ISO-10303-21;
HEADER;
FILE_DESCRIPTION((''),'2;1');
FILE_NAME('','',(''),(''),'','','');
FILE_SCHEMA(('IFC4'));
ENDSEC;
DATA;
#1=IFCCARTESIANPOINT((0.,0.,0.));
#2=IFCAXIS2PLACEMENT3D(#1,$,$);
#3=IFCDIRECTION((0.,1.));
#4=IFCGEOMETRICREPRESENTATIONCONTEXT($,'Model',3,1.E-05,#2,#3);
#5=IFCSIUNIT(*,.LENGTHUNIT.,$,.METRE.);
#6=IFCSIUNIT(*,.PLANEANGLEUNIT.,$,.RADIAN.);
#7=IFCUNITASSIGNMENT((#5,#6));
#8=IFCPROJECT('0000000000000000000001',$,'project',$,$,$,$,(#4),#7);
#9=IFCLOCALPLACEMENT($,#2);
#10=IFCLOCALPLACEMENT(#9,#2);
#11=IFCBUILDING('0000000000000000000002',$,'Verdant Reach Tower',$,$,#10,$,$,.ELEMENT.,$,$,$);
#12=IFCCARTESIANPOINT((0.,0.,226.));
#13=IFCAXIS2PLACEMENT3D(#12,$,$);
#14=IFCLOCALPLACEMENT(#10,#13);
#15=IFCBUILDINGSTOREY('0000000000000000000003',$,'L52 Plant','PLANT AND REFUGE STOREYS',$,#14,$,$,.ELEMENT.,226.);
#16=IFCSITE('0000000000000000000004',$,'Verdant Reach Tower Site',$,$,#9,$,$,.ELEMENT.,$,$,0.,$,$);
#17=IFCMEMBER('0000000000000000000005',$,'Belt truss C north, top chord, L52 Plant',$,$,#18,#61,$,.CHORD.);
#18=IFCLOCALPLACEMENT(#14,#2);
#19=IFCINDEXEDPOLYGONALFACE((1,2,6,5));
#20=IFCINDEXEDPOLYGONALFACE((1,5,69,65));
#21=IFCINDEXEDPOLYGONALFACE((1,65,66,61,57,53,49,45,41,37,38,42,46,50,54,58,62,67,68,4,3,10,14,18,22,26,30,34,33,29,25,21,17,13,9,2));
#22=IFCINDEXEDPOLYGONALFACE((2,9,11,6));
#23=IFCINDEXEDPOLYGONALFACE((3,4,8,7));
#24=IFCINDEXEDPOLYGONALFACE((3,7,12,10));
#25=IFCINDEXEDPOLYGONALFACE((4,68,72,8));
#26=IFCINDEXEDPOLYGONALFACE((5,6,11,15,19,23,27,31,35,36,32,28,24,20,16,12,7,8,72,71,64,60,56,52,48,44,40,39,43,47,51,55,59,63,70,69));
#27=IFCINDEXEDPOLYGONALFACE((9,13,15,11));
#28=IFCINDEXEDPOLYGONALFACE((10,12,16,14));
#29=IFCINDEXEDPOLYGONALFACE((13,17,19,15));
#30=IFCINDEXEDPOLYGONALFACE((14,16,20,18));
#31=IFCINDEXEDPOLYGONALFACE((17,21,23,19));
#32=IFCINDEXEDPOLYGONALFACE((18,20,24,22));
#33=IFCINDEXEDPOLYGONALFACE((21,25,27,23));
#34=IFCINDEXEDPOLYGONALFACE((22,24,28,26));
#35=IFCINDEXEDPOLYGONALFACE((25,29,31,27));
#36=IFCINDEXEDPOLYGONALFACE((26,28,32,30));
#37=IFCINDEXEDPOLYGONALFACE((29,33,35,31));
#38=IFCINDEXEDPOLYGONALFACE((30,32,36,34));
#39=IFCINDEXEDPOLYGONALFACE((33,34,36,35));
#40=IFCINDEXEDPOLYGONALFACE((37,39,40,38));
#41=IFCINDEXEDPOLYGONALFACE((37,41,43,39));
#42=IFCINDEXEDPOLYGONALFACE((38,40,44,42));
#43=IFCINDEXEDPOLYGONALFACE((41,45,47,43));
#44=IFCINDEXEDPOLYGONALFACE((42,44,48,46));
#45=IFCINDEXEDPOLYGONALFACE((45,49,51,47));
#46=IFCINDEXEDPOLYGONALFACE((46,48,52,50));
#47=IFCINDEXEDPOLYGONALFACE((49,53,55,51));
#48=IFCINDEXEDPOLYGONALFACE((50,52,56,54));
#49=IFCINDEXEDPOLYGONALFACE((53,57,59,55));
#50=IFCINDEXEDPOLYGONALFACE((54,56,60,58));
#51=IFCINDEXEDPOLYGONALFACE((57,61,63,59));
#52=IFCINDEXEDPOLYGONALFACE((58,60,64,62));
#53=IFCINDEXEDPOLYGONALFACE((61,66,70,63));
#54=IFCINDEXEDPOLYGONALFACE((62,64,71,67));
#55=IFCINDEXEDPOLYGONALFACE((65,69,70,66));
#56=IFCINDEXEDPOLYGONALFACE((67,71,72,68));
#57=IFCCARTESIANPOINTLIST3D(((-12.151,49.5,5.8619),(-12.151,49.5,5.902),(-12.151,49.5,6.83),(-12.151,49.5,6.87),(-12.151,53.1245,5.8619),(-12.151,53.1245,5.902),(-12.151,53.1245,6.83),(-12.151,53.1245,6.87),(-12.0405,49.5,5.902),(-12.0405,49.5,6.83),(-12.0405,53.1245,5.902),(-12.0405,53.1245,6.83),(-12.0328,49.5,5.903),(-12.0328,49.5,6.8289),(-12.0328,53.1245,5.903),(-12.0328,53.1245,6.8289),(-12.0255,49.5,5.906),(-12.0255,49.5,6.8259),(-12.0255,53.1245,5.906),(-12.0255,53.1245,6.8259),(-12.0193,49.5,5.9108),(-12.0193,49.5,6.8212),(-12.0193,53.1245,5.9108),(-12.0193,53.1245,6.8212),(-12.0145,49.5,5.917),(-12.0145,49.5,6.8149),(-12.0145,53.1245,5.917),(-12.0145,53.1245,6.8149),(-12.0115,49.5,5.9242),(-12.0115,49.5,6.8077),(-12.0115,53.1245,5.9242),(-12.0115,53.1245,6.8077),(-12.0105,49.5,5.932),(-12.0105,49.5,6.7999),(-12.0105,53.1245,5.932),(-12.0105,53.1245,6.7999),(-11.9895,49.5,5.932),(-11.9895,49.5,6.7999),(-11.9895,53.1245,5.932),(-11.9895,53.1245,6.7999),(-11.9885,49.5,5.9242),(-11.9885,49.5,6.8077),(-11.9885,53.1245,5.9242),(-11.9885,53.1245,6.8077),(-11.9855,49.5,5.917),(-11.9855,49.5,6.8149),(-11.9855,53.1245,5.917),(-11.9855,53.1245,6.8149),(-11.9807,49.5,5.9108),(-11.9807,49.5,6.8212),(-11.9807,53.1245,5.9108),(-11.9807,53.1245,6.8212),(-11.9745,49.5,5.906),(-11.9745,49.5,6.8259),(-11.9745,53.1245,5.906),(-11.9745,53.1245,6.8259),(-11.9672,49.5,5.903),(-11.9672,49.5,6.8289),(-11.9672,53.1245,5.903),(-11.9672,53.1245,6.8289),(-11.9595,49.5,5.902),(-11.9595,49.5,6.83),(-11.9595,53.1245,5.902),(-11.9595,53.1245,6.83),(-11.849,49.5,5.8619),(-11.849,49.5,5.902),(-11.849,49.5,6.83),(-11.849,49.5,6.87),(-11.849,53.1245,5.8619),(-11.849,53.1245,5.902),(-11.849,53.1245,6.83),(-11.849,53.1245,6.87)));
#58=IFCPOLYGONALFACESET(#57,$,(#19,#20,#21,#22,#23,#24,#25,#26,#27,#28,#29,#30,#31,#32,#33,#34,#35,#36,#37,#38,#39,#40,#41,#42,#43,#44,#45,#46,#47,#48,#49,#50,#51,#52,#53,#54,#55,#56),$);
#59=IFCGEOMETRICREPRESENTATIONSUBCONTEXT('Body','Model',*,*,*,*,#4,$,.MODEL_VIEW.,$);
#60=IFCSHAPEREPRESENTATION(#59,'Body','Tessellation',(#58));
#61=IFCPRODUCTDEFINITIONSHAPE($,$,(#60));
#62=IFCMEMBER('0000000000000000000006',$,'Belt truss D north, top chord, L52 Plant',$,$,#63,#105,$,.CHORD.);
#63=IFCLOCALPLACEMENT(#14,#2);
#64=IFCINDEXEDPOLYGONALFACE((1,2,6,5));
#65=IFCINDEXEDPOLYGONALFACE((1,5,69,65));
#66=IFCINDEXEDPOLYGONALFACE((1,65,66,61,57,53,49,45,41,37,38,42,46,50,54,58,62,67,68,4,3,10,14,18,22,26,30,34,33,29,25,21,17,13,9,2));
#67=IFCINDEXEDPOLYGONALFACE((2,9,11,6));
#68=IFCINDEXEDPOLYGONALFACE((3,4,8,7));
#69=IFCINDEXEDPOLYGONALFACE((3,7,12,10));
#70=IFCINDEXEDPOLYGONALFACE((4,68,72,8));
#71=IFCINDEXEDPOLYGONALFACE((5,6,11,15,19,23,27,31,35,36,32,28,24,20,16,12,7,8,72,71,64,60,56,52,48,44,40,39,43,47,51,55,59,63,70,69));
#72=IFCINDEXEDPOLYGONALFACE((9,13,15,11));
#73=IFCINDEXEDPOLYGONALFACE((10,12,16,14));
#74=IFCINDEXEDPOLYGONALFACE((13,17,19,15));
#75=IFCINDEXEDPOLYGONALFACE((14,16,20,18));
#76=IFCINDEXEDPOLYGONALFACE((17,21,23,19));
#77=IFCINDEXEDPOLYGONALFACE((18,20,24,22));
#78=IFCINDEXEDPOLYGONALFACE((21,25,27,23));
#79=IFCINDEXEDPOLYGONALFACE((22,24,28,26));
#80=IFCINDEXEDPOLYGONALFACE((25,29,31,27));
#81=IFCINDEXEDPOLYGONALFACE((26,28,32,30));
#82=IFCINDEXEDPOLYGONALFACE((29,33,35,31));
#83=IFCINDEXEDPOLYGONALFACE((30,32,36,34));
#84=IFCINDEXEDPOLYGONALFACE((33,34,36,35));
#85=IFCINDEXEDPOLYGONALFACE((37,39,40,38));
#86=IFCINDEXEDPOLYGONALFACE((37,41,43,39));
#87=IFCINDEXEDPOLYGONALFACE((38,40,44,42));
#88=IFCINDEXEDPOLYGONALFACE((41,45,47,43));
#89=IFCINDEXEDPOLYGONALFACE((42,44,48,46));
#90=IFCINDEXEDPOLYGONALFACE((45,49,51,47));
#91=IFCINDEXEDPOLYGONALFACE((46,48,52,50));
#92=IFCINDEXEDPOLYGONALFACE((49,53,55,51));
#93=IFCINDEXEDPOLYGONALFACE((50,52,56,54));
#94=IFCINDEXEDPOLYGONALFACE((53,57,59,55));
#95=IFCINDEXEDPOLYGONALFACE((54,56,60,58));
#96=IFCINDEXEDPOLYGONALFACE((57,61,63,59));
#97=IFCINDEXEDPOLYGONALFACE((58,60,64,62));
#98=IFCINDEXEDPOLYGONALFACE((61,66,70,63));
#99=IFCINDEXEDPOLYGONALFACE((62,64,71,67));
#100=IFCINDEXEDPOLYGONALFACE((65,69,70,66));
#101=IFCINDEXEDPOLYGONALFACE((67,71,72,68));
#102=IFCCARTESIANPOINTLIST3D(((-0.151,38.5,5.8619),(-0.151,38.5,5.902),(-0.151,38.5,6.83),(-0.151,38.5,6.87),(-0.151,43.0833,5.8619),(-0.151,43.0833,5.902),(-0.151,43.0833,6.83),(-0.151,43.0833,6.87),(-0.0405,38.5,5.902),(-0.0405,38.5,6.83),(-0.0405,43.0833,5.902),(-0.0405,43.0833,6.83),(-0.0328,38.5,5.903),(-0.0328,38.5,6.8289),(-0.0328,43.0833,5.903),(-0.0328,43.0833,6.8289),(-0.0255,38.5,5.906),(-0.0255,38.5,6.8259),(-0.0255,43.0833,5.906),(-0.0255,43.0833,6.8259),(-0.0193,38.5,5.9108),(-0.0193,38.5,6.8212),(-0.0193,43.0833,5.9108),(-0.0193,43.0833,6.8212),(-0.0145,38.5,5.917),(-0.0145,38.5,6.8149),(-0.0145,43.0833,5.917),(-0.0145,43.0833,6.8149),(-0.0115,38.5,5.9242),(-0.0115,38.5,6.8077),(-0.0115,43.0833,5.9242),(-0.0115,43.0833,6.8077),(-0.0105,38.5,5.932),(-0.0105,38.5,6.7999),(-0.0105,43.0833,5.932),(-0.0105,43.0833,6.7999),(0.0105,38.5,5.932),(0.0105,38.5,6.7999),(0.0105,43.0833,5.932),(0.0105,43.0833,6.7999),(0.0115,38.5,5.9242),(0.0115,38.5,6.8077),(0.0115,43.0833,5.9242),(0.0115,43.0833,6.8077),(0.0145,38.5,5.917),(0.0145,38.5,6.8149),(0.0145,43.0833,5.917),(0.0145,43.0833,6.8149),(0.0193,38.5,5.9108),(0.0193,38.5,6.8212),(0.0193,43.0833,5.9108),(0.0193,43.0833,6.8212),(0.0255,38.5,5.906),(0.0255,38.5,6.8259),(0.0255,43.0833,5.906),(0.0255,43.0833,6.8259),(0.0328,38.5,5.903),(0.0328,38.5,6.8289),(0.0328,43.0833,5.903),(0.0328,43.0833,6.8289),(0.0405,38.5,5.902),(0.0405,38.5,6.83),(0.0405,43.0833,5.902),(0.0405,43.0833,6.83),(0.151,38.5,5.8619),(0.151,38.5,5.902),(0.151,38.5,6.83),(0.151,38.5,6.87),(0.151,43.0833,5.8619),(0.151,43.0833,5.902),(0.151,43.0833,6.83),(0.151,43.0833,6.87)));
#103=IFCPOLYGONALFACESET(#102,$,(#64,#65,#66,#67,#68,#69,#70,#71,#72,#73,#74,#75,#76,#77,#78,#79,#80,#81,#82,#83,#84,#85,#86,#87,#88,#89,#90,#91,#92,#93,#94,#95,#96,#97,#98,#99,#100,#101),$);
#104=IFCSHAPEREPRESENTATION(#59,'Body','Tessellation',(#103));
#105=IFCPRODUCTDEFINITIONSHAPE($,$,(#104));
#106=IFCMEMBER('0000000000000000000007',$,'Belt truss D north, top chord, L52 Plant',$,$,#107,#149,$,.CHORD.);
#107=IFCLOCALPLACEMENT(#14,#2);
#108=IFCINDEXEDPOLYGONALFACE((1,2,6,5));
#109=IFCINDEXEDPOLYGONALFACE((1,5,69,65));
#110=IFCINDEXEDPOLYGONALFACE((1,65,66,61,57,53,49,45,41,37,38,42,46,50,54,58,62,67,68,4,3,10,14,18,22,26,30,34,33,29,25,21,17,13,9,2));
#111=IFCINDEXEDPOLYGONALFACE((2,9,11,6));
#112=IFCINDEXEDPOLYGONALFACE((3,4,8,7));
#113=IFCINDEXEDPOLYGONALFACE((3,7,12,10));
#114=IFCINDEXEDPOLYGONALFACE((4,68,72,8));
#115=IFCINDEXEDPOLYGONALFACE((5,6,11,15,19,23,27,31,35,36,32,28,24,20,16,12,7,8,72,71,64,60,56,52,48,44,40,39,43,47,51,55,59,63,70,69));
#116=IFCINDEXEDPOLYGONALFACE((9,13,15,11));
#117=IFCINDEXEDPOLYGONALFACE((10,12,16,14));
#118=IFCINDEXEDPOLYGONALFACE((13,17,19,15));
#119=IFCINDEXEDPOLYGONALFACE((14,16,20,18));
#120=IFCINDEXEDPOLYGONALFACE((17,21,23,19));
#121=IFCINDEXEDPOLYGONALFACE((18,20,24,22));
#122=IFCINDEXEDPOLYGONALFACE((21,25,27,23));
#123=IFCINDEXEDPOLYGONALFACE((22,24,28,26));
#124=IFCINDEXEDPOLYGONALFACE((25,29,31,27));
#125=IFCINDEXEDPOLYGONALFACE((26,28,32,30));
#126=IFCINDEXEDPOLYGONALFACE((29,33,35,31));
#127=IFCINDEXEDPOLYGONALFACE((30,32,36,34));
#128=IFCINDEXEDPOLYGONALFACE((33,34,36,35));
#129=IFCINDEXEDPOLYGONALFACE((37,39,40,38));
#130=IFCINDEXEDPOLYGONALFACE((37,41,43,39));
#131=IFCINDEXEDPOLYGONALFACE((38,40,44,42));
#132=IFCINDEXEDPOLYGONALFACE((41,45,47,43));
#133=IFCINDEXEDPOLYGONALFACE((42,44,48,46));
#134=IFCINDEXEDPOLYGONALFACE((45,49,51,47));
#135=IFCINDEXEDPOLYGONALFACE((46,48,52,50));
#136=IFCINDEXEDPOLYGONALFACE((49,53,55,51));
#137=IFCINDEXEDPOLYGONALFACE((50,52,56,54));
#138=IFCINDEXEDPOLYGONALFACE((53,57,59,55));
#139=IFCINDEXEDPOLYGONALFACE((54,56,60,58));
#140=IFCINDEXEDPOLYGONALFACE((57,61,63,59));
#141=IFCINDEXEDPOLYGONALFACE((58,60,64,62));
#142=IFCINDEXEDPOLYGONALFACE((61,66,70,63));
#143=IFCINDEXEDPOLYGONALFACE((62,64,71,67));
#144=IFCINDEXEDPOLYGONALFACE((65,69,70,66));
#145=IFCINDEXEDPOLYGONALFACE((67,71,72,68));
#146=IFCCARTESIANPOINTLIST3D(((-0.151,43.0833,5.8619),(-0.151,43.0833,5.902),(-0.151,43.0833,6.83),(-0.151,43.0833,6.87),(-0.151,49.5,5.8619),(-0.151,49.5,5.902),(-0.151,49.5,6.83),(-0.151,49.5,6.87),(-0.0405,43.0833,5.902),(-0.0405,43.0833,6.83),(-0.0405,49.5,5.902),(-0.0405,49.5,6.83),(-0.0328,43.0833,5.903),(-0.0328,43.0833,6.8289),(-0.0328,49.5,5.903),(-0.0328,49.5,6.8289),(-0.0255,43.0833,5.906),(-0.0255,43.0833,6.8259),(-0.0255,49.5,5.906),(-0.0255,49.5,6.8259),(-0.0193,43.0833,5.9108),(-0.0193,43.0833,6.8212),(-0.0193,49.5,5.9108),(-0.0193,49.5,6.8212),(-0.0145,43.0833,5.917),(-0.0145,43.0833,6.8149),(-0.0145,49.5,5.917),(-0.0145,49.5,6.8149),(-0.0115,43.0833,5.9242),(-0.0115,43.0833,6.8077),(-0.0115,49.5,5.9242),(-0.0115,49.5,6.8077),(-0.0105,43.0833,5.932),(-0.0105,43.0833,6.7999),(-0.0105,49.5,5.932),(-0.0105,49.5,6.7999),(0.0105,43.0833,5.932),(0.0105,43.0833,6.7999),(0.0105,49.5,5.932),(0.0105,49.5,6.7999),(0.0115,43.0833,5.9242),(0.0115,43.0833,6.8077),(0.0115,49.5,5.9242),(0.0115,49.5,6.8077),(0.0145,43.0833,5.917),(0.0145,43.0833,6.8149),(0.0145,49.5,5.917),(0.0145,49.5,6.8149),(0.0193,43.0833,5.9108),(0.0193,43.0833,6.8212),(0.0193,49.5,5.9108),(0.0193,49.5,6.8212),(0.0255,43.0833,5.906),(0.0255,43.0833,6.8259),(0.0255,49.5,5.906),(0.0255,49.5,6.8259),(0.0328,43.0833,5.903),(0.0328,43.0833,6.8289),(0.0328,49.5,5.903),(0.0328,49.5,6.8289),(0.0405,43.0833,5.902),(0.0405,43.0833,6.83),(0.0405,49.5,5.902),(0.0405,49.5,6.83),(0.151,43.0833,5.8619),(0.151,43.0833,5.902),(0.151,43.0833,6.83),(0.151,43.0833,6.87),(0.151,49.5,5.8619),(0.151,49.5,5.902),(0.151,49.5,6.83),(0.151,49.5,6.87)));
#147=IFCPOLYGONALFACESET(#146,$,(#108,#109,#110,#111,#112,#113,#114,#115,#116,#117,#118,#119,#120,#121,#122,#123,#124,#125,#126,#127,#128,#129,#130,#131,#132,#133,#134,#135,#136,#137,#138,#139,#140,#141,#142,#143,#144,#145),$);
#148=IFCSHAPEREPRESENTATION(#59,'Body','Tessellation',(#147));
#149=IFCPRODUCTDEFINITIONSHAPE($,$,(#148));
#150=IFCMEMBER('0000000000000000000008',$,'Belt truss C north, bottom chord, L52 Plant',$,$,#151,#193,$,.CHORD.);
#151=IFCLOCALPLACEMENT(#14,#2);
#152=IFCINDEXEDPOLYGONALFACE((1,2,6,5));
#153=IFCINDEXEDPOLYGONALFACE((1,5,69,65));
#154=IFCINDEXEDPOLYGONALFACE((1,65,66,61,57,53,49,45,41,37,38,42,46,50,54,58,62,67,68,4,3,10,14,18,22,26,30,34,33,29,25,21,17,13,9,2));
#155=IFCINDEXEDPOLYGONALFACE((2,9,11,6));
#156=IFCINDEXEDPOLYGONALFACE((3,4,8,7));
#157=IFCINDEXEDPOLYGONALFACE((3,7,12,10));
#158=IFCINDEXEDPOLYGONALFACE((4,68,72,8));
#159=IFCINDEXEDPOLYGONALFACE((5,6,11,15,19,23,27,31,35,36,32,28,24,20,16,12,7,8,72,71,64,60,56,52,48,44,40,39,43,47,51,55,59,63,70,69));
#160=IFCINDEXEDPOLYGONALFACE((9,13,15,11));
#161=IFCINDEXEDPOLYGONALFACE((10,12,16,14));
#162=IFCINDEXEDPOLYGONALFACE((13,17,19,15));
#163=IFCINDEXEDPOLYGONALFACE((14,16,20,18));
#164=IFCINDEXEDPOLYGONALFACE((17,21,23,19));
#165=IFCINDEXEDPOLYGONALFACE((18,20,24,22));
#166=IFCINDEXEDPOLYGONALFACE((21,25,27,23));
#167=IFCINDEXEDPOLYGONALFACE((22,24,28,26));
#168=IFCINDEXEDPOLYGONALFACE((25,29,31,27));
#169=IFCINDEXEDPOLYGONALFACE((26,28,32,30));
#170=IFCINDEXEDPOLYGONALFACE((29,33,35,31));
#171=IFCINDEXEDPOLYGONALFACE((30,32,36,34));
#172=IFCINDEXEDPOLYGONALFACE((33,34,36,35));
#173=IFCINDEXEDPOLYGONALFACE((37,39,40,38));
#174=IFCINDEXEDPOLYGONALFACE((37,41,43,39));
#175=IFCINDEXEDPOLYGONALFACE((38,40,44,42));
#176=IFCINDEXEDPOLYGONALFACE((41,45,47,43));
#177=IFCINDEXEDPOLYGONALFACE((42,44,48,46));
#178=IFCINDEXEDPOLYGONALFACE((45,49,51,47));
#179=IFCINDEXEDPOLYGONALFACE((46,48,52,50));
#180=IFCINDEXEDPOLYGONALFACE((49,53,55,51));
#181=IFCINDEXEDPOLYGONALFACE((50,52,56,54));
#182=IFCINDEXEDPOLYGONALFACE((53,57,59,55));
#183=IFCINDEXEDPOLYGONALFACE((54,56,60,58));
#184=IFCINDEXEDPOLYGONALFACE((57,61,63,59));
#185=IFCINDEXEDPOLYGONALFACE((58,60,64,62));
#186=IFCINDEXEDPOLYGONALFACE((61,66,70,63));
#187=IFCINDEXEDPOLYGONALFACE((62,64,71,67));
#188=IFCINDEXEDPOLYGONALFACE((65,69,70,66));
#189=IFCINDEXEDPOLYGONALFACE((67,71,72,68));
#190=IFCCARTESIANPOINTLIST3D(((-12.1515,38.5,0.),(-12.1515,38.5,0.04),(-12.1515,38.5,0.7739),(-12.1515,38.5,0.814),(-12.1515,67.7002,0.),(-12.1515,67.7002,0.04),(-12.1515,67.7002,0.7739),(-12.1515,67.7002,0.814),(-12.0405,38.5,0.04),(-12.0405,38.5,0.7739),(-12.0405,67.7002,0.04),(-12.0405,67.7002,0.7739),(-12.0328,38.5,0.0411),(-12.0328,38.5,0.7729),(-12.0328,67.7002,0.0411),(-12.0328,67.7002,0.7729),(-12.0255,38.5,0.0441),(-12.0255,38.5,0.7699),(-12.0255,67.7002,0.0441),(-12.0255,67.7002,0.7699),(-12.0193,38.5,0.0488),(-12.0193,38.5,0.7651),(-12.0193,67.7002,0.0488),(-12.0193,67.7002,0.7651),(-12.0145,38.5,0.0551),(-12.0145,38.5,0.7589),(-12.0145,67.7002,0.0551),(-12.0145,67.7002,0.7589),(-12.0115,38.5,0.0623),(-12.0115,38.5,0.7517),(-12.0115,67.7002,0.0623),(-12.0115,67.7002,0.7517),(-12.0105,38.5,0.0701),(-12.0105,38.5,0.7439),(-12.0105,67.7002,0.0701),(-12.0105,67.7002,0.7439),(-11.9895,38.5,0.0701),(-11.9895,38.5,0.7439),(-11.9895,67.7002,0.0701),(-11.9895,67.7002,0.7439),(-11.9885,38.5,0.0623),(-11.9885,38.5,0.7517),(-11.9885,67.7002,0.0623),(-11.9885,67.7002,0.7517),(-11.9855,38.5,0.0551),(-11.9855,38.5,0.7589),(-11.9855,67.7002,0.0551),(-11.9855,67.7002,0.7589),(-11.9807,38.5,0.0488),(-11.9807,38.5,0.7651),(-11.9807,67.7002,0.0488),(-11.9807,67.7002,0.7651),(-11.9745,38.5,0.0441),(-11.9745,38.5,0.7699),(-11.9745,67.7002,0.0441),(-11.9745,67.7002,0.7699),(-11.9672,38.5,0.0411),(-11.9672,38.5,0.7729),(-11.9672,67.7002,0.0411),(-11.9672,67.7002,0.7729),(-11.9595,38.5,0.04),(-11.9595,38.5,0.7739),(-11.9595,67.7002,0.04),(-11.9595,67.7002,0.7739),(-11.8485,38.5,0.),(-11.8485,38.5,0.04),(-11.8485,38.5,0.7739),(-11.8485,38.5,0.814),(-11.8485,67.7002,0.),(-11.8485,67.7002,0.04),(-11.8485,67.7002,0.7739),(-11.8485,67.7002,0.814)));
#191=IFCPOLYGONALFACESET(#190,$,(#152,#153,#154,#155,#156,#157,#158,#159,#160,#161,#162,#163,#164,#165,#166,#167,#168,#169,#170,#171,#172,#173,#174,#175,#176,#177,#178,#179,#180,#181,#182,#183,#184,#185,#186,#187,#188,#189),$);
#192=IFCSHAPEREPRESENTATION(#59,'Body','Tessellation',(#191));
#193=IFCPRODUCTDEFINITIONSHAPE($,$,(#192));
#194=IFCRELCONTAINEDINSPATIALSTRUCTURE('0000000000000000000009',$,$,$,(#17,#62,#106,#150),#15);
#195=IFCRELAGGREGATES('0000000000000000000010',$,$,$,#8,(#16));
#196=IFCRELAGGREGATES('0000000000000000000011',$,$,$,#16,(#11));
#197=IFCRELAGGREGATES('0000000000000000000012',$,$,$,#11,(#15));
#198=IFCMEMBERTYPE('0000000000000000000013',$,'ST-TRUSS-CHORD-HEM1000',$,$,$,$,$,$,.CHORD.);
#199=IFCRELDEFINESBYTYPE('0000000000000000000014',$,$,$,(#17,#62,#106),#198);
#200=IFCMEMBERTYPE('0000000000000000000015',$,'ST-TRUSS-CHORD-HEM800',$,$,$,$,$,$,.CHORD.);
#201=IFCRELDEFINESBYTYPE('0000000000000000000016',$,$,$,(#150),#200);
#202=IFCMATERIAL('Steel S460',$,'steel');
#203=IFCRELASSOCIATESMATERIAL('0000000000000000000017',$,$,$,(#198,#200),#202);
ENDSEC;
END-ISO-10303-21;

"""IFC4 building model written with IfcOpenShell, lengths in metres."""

from ifc_helpers import new_model, si_unit, direction, frame, origin, origin_2d, place, context, subcontext, project, spatial, i_section, extrude, material, material_profile, profile_set, type_object, element, save


model = new_model("IFC4")

# Units and contexts
model_context = context("Model", 3, precision=1e-05, world=origin(), true_north=direction((0.0, 1.0)))
body_context = subcontext(model_context, "Body", "Model", "MODEL_VIEW")
ifc_project = project(units=[si_unit("LENGTHUNIT", "METRE"), si_unit("PLANEANGLEUNIT", "RADIAN")], contexts=[model_context])

# Site, building, storey
site_placement = place(None, origin())
site = spatial("IfcSite", under=ifc_project, at=site_placement, Name="Verdant Reach Tower Site", CompositionType="ELEMENT", RefElevation=0.0)
building_placement = place(site_placement, origin())
building = spatial("IfcBuilding", under=site, at=building_placement, Name="Verdant Reach Tower", CompositionType="ELEMENT")
storey_placement = place(building_placement, frame((0.0, 0.0, 226.0)))
storey = spatial("IfcBuildingStorey", under=building, at=storey_placement, Name="L52 Plant", Description="PLANT AND REFUGE STOREYS", CompositionType="ELEMENT", Elevation=226.0)

# Shared definitions
ifc_material_1 = material(Name="Steel S460", Category="steel")

# Members
ifc_material_profile_1 = material_profile(ifc_material_1, i_section(OverallWidth=0.302, OverallDepth=1.0081, WebThickness=0.021, FlangeThickness=0.04, FilletRadius=0.03, at=origin_2d()), Name="HEM 1000")
ifc_profile_set_1 = profile_set([ifc_material_profile_1], Name="Steel S460")
member_type_1 = type_object("IfcMemberType", Name="ST-TRUSS-CHORD-HEM1000", PredefinedType="CHORD", material=ifc_profile_set_1)
member_1_placement = place(storey_placement, frame((-12.0, 49.5, 6.366), z_axis=(0.0, 1.0, 0.0), x_axis=(-1.0, 0.0, 0.0)))
element("IfcMember", 1, at=member_1_placement, inside=storey, type_object=member_type_1, Name="Belt truss C north, top chord, L52 Plant", PredefinedType="CHORD", context=body_context, shape_type="SweptSolid", body=[
    extrude(i_section(OverallWidth=0.302, OverallDepth=1.0081, WebThickness=0.021, FlangeThickness=0.04, FilletRadius=0.03, at=origin_2d()), origin(), (0.0, 0.0, 1.0), 3.6245),
])
member_2_placement = place(storey_placement, frame((0.0, 38.5, 6.366), z_axis=(0.0, 1.0, 0.0), x_axis=(-1.0, 0.0, 0.0)))
element("IfcMember", 2, at=member_2_placement, inside=storey, type_object=member_type_1, Name="Belt truss D north, top chord, L52 Plant", PredefinedType="CHORD", context=body_context, shape_type="SweptSolid", body=[
    extrude(i_section(OverallWidth=0.302, OverallDepth=1.0081, WebThickness=0.021, FlangeThickness=0.04, FilletRadius=0.03, at=origin_2d()), origin(), (0.0, 0.0, 1.0), 4.5833),
])
member_3_placement = place(storey_placement, frame((0.0, 43.0833, 6.366), z_axis=(0.0, 1.0, 0.0), x_axis=(-1.0, 0.0, 0.0)))
element("IfcMember", 3, at=member_3_placement, inside=storey, type_object=member_type_1, Name="Belt truss D north, top chord, L52 Plant", PredefinedType="CHORD", context=body_context, shape_type="SweptSolid", body=[
    extrude(i_section(OverallWidth=0.302, OverallDepth=1.0081, WebThickness=0.021, FlangeThickness=0.04, FilletRadius=0.03, at=origin_2d()), origin(), (0.0, 0.0, 1.0), 6.4167),
])
ifc_material_profile_2 = material_profile(ifc_material_1, i_section(OverallWidth=0.303, OverallDepth=0.814, WebThickness=0.021, FlangeThickness=0.04, FilletRadius=0.03, at=origin_2d()), Name="HEM 800")
ifc_profile_set_2 = profile_set([ifc_material_profile_2], Name="Steel S460")
member_type_2 = type_object("IfcMemberType", Name="ST-TRUSS-CHORD-HEM800", PredefinedType="CHORD", material=ifc_profile_set_2)
member_4_placement = place(storey_placement, frame((-12.0, 38.5, 0.407), z_axis=(0.0, 1.0, 0.0), x_axis=(-1.0, 0.0, 0.0)))
element("IfcMember", 4, at=member_4_placement, inside=storey, type_object=member_type_2, Name="Belt truss C north, bottom chord, L52 Plant", PredefinedType="CHORD", context=body_context, shape_type="SweptSolid", body=[
    extrude(i_section(OverallWidth=0.303, OverallDepth=0.814, WebThickness=0.021, FlangeThickness=0.04, FilletRadius=0.03, at=origin_2d()), origin(), (0.0, 0.0, 1.0), 29.2002),
])

save(model, "model.ifc")
